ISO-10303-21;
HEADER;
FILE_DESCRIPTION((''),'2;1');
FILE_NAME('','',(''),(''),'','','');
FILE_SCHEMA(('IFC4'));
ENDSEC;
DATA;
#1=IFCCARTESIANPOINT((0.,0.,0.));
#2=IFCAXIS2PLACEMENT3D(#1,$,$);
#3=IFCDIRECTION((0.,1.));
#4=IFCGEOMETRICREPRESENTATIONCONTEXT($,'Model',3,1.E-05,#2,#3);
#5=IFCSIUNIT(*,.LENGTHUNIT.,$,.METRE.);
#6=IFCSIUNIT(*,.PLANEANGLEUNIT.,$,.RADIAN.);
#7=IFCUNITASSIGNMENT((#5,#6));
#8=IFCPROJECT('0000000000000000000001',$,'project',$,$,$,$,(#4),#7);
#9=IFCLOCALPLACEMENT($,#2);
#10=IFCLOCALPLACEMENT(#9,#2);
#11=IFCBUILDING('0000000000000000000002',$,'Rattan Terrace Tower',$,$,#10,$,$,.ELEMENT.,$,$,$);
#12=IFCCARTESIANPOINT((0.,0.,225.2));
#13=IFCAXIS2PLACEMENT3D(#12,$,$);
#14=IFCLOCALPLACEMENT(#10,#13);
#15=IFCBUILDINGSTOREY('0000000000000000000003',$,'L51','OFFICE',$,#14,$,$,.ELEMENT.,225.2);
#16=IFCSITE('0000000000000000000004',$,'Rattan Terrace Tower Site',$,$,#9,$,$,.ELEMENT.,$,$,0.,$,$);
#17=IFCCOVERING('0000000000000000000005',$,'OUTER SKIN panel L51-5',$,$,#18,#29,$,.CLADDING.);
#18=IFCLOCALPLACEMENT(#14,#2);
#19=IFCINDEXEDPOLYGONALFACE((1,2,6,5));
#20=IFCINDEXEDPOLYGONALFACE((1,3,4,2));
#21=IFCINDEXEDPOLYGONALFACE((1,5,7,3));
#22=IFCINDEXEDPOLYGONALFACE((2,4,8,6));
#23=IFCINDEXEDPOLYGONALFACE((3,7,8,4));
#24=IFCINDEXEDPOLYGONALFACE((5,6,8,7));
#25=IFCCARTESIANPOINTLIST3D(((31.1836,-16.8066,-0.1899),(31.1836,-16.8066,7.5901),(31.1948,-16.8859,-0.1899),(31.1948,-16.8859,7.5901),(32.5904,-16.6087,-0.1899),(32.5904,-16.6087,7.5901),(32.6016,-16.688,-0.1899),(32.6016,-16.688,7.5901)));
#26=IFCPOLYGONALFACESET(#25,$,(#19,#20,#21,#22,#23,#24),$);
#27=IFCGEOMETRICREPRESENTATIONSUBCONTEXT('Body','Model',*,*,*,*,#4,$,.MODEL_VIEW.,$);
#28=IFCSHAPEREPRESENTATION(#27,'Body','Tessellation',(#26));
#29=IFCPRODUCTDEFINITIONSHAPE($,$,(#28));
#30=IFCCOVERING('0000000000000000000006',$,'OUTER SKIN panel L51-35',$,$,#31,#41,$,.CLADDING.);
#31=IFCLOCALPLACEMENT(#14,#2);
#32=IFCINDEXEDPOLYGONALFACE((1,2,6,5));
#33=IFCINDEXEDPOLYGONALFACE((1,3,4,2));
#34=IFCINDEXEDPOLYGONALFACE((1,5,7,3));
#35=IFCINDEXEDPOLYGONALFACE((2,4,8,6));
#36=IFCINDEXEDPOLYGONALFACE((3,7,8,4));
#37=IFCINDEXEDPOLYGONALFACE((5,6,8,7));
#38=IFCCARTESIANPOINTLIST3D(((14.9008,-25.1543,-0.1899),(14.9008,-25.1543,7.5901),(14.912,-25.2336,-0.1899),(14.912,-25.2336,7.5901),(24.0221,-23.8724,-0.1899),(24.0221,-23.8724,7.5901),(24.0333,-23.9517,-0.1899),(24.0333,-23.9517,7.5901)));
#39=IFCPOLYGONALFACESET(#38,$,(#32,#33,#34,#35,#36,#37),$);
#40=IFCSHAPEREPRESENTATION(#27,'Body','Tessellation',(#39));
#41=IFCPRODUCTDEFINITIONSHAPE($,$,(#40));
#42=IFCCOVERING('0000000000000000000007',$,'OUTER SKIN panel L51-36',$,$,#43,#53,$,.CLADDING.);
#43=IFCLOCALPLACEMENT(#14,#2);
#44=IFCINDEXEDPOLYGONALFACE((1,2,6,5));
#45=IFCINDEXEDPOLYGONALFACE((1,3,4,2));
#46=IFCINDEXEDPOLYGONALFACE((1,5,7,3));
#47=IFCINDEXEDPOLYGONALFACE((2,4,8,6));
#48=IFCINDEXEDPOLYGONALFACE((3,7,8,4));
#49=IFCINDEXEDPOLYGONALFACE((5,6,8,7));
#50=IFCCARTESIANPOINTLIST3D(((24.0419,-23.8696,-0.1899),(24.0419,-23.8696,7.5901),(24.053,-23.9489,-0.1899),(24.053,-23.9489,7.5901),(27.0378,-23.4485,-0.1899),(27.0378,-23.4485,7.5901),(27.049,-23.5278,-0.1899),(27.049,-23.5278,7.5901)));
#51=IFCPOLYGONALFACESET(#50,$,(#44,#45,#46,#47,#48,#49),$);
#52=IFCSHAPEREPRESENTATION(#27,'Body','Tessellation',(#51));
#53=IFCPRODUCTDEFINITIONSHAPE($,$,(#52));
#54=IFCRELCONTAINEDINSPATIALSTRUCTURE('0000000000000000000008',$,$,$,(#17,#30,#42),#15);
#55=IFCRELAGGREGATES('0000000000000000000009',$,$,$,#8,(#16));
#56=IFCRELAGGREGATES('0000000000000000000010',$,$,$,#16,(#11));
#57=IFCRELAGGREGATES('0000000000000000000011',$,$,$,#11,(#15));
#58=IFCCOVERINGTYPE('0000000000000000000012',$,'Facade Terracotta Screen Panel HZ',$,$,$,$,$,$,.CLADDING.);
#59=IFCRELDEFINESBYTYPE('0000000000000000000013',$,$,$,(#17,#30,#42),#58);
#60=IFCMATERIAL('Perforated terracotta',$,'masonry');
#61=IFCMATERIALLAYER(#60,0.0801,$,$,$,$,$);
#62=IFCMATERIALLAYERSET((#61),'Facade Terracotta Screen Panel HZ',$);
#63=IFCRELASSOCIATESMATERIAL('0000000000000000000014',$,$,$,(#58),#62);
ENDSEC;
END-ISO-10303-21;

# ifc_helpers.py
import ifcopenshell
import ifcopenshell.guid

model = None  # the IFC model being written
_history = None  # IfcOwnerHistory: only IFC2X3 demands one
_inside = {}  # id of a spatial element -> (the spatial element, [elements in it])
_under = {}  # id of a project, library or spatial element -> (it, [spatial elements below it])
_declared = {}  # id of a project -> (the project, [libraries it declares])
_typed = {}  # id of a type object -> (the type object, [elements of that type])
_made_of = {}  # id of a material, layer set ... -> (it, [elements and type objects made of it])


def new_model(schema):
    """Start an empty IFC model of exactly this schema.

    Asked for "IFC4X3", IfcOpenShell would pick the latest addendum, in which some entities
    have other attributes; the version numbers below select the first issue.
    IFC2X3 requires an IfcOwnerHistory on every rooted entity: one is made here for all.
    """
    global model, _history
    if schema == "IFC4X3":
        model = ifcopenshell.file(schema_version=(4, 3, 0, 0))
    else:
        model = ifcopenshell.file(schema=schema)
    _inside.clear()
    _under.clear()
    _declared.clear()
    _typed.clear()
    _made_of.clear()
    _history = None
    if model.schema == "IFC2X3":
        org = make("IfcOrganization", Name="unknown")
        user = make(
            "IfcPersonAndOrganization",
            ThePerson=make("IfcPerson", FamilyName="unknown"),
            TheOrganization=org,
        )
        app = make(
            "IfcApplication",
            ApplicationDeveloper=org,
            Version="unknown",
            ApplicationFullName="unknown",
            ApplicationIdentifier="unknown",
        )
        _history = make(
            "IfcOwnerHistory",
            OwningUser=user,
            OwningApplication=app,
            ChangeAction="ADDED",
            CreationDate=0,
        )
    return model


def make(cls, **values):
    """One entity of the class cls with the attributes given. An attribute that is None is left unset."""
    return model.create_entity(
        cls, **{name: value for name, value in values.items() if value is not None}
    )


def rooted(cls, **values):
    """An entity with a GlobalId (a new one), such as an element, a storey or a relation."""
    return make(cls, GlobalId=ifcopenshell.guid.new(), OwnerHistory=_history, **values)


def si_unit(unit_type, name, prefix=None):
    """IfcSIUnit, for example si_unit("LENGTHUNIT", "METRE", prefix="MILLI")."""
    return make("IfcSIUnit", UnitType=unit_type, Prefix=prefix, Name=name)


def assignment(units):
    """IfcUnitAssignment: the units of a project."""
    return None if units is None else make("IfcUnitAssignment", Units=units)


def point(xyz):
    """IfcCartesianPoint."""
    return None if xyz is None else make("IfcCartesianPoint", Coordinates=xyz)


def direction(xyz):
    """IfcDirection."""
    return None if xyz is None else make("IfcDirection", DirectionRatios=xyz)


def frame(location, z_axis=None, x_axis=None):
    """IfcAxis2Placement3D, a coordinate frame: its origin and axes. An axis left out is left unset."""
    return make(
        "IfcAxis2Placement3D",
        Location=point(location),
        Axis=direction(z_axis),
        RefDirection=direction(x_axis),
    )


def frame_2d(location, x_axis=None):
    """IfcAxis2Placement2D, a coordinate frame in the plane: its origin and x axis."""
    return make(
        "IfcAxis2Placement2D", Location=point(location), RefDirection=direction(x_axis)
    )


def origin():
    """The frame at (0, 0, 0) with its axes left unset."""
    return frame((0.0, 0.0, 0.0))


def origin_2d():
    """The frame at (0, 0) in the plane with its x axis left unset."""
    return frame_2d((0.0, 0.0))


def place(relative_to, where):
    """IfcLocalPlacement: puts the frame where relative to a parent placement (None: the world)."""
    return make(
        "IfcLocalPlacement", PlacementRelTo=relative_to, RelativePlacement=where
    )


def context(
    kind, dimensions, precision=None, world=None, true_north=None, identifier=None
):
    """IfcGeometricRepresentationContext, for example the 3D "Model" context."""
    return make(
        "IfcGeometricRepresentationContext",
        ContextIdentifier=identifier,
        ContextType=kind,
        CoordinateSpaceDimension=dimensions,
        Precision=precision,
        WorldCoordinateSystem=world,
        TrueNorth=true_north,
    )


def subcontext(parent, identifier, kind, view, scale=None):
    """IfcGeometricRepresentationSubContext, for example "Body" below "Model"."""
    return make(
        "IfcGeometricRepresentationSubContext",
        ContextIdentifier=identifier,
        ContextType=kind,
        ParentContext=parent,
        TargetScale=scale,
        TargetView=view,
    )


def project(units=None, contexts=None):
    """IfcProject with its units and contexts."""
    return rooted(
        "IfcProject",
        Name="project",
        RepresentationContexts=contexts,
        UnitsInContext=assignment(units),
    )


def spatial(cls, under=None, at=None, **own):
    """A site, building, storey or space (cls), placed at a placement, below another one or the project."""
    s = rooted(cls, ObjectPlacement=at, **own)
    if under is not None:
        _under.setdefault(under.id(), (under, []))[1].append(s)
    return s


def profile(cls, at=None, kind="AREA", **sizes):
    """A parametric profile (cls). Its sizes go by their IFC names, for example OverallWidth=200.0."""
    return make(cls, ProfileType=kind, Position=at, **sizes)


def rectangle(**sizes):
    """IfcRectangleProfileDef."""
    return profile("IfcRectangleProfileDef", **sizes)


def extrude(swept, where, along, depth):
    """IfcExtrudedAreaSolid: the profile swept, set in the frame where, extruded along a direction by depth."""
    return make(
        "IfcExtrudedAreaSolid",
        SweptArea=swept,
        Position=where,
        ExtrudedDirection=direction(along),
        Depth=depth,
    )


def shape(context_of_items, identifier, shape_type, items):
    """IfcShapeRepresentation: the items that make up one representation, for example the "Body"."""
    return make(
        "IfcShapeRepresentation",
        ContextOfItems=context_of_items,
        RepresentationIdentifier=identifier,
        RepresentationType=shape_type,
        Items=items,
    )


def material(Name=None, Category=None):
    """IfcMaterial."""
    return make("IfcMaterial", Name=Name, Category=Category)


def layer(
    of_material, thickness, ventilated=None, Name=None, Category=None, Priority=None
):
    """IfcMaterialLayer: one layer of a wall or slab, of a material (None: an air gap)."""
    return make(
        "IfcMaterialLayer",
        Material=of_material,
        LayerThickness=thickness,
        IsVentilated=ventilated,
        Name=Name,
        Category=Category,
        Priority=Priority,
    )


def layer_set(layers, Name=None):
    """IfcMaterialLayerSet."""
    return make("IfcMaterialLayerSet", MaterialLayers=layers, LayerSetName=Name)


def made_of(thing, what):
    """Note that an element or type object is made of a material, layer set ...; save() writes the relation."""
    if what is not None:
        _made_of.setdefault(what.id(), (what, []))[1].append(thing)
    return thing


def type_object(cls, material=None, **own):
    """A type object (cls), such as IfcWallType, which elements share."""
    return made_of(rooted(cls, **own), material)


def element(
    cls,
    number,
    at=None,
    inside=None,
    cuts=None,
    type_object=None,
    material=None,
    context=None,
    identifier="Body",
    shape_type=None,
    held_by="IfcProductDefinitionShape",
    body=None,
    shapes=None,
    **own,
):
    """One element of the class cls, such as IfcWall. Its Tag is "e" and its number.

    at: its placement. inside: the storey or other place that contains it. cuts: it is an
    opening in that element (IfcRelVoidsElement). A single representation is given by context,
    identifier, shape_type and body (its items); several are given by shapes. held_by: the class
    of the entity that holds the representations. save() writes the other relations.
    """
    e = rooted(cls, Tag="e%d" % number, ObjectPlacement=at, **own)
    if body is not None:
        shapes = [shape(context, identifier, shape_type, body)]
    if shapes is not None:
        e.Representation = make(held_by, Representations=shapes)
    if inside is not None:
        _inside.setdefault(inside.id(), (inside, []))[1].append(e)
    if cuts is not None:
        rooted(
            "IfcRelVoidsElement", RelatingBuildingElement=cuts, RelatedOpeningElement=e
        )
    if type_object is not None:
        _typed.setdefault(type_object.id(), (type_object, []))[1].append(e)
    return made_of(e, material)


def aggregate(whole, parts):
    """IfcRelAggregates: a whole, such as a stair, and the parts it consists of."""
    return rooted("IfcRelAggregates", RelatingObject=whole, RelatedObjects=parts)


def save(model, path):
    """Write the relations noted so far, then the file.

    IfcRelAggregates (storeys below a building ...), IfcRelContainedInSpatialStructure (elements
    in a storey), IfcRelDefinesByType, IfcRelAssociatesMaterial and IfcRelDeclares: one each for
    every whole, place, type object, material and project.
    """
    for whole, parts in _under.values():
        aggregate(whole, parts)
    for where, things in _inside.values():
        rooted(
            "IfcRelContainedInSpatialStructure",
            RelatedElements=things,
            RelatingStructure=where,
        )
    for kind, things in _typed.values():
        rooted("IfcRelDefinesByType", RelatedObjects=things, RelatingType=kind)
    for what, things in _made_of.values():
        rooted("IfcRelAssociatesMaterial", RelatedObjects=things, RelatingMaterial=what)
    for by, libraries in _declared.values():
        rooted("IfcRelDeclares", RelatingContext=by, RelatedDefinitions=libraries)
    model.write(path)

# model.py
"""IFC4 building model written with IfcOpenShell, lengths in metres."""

from ifc_helpers import new_model, si_unit, direction, frame, origin, origin_2d, place, context, subcontext, project, spatial, rectangle, extrude, material, layer, layer_set, type_object, element, save


model = new_model("IFC4")

# Units and contexts
model_context = context("Model", 3, precision=1e-05, world=origin(), true_north=direction((0.0, 1.0)))
body_context = subcontext(model_context, "Body", "Model", "MODEL_VIEW")
ifc_project = project(units=[si_unit("LENGTHUNIT", "METRE"), si_unit("PLANEANGLEUNIT", "RADIAN")], contexts=[model_context])

# Site, building, storey
site_placement = place(None, origin())
site = spatial("IfcSite", under=ifc_project, at=site_placement, Name="Rattan Terrace Tower Site", CompositionType="ELEMENT", RefElevation=0.0)
building_placement = place(site_placement, origin())
building = spatial("IfcBuilding", under=site, at=building_placement, Name="Rattan Terrace Tower", CompositionType="ELEMENT")
storey_placement = place(building_placement, frame((0.0, 0.0, 225.2)))
storey = spatial("IfcBuildingStorey", under=building, at=storey_placement, Name="L51", Description="OFFICE", CompositionType="ELEMENT", Elevation=225.2)

# Coverings
ifc_material_1 = material(Name="Perforated terracotta", Category="masonry")
ifc_layer_1 = layer(ifc_material_1, 0.0801)
ifc_layer_set_1 = layer_set([ifc_layer_1], Name="Facade Terracotta Screen Panel HZ")
covering_type = type_object("IfcCoveringType", Name="Facade Terracotta Screen Panel HZ", PredefinedType="CLADDING", material=ifc_layer_set_1)
covering_1_placement = place(storey_placement, frame((31.8926, -16.7473, -0.1899), z_axis=(0.0, 0.0, 1.0), x_axis=(0.990254, 0.139275, 0.0)))
element("IfcCovering", 1, at=covering_1_placement, inside=storey, type_object=covering_type, Name="OUTER SKIN panel L51-5", PredefinedType="CLADDING", context=body_context, shape_type="SweptSolid", body=[
    extrude(rectangle(XDim=1.4207, YDim=0.0801, at=origin_2d()), origin(), (0.0, 0.0, 1.0), 7.78),
])
covering_2_placement = place(storey_placement, frame((19.467, -24.553, -0.1899), z_axis=(0.0, 0.0, 1.0), x_axis=(0.990267, 0.139177, 0.0)))
element("IfcCovering", 2, at=covering_2_placement, inside=storey, type_object=covering_type, Name="OUTER SKIN panel L51-35", PredefinedType="CLADDING", context=body_context, shape_type="SweptSolid", body=[
    extrude(rectangle(XDim=9.2109, YDim=0.0801, at=origin_2d()), origin(), (0.0, 0.0, 1.0), 7.78),
])
covering_3_placement = place(storey_placement, frame((25.5454, -23.6987, -0.1899), z_axis=(0.0, 0.0, 1.0), x_axis=(0.990267, 0.139177, 0.0)))
element("IfcCovering", 3, at=covering_3_placement, inside=storey, type_object=covering_type, Name="OUTER SKIN panel L51-36", PredefinedType="CLADDING", context=body_context, shape_type="SweptSolid", body=[
    extrude(rectangle(XDim=3.0254, YDim=0.0801, at=origin_2d()), origin(), (0.0, 0.0, 1.0), 7.78),
])

save(model, "model.ifc")
